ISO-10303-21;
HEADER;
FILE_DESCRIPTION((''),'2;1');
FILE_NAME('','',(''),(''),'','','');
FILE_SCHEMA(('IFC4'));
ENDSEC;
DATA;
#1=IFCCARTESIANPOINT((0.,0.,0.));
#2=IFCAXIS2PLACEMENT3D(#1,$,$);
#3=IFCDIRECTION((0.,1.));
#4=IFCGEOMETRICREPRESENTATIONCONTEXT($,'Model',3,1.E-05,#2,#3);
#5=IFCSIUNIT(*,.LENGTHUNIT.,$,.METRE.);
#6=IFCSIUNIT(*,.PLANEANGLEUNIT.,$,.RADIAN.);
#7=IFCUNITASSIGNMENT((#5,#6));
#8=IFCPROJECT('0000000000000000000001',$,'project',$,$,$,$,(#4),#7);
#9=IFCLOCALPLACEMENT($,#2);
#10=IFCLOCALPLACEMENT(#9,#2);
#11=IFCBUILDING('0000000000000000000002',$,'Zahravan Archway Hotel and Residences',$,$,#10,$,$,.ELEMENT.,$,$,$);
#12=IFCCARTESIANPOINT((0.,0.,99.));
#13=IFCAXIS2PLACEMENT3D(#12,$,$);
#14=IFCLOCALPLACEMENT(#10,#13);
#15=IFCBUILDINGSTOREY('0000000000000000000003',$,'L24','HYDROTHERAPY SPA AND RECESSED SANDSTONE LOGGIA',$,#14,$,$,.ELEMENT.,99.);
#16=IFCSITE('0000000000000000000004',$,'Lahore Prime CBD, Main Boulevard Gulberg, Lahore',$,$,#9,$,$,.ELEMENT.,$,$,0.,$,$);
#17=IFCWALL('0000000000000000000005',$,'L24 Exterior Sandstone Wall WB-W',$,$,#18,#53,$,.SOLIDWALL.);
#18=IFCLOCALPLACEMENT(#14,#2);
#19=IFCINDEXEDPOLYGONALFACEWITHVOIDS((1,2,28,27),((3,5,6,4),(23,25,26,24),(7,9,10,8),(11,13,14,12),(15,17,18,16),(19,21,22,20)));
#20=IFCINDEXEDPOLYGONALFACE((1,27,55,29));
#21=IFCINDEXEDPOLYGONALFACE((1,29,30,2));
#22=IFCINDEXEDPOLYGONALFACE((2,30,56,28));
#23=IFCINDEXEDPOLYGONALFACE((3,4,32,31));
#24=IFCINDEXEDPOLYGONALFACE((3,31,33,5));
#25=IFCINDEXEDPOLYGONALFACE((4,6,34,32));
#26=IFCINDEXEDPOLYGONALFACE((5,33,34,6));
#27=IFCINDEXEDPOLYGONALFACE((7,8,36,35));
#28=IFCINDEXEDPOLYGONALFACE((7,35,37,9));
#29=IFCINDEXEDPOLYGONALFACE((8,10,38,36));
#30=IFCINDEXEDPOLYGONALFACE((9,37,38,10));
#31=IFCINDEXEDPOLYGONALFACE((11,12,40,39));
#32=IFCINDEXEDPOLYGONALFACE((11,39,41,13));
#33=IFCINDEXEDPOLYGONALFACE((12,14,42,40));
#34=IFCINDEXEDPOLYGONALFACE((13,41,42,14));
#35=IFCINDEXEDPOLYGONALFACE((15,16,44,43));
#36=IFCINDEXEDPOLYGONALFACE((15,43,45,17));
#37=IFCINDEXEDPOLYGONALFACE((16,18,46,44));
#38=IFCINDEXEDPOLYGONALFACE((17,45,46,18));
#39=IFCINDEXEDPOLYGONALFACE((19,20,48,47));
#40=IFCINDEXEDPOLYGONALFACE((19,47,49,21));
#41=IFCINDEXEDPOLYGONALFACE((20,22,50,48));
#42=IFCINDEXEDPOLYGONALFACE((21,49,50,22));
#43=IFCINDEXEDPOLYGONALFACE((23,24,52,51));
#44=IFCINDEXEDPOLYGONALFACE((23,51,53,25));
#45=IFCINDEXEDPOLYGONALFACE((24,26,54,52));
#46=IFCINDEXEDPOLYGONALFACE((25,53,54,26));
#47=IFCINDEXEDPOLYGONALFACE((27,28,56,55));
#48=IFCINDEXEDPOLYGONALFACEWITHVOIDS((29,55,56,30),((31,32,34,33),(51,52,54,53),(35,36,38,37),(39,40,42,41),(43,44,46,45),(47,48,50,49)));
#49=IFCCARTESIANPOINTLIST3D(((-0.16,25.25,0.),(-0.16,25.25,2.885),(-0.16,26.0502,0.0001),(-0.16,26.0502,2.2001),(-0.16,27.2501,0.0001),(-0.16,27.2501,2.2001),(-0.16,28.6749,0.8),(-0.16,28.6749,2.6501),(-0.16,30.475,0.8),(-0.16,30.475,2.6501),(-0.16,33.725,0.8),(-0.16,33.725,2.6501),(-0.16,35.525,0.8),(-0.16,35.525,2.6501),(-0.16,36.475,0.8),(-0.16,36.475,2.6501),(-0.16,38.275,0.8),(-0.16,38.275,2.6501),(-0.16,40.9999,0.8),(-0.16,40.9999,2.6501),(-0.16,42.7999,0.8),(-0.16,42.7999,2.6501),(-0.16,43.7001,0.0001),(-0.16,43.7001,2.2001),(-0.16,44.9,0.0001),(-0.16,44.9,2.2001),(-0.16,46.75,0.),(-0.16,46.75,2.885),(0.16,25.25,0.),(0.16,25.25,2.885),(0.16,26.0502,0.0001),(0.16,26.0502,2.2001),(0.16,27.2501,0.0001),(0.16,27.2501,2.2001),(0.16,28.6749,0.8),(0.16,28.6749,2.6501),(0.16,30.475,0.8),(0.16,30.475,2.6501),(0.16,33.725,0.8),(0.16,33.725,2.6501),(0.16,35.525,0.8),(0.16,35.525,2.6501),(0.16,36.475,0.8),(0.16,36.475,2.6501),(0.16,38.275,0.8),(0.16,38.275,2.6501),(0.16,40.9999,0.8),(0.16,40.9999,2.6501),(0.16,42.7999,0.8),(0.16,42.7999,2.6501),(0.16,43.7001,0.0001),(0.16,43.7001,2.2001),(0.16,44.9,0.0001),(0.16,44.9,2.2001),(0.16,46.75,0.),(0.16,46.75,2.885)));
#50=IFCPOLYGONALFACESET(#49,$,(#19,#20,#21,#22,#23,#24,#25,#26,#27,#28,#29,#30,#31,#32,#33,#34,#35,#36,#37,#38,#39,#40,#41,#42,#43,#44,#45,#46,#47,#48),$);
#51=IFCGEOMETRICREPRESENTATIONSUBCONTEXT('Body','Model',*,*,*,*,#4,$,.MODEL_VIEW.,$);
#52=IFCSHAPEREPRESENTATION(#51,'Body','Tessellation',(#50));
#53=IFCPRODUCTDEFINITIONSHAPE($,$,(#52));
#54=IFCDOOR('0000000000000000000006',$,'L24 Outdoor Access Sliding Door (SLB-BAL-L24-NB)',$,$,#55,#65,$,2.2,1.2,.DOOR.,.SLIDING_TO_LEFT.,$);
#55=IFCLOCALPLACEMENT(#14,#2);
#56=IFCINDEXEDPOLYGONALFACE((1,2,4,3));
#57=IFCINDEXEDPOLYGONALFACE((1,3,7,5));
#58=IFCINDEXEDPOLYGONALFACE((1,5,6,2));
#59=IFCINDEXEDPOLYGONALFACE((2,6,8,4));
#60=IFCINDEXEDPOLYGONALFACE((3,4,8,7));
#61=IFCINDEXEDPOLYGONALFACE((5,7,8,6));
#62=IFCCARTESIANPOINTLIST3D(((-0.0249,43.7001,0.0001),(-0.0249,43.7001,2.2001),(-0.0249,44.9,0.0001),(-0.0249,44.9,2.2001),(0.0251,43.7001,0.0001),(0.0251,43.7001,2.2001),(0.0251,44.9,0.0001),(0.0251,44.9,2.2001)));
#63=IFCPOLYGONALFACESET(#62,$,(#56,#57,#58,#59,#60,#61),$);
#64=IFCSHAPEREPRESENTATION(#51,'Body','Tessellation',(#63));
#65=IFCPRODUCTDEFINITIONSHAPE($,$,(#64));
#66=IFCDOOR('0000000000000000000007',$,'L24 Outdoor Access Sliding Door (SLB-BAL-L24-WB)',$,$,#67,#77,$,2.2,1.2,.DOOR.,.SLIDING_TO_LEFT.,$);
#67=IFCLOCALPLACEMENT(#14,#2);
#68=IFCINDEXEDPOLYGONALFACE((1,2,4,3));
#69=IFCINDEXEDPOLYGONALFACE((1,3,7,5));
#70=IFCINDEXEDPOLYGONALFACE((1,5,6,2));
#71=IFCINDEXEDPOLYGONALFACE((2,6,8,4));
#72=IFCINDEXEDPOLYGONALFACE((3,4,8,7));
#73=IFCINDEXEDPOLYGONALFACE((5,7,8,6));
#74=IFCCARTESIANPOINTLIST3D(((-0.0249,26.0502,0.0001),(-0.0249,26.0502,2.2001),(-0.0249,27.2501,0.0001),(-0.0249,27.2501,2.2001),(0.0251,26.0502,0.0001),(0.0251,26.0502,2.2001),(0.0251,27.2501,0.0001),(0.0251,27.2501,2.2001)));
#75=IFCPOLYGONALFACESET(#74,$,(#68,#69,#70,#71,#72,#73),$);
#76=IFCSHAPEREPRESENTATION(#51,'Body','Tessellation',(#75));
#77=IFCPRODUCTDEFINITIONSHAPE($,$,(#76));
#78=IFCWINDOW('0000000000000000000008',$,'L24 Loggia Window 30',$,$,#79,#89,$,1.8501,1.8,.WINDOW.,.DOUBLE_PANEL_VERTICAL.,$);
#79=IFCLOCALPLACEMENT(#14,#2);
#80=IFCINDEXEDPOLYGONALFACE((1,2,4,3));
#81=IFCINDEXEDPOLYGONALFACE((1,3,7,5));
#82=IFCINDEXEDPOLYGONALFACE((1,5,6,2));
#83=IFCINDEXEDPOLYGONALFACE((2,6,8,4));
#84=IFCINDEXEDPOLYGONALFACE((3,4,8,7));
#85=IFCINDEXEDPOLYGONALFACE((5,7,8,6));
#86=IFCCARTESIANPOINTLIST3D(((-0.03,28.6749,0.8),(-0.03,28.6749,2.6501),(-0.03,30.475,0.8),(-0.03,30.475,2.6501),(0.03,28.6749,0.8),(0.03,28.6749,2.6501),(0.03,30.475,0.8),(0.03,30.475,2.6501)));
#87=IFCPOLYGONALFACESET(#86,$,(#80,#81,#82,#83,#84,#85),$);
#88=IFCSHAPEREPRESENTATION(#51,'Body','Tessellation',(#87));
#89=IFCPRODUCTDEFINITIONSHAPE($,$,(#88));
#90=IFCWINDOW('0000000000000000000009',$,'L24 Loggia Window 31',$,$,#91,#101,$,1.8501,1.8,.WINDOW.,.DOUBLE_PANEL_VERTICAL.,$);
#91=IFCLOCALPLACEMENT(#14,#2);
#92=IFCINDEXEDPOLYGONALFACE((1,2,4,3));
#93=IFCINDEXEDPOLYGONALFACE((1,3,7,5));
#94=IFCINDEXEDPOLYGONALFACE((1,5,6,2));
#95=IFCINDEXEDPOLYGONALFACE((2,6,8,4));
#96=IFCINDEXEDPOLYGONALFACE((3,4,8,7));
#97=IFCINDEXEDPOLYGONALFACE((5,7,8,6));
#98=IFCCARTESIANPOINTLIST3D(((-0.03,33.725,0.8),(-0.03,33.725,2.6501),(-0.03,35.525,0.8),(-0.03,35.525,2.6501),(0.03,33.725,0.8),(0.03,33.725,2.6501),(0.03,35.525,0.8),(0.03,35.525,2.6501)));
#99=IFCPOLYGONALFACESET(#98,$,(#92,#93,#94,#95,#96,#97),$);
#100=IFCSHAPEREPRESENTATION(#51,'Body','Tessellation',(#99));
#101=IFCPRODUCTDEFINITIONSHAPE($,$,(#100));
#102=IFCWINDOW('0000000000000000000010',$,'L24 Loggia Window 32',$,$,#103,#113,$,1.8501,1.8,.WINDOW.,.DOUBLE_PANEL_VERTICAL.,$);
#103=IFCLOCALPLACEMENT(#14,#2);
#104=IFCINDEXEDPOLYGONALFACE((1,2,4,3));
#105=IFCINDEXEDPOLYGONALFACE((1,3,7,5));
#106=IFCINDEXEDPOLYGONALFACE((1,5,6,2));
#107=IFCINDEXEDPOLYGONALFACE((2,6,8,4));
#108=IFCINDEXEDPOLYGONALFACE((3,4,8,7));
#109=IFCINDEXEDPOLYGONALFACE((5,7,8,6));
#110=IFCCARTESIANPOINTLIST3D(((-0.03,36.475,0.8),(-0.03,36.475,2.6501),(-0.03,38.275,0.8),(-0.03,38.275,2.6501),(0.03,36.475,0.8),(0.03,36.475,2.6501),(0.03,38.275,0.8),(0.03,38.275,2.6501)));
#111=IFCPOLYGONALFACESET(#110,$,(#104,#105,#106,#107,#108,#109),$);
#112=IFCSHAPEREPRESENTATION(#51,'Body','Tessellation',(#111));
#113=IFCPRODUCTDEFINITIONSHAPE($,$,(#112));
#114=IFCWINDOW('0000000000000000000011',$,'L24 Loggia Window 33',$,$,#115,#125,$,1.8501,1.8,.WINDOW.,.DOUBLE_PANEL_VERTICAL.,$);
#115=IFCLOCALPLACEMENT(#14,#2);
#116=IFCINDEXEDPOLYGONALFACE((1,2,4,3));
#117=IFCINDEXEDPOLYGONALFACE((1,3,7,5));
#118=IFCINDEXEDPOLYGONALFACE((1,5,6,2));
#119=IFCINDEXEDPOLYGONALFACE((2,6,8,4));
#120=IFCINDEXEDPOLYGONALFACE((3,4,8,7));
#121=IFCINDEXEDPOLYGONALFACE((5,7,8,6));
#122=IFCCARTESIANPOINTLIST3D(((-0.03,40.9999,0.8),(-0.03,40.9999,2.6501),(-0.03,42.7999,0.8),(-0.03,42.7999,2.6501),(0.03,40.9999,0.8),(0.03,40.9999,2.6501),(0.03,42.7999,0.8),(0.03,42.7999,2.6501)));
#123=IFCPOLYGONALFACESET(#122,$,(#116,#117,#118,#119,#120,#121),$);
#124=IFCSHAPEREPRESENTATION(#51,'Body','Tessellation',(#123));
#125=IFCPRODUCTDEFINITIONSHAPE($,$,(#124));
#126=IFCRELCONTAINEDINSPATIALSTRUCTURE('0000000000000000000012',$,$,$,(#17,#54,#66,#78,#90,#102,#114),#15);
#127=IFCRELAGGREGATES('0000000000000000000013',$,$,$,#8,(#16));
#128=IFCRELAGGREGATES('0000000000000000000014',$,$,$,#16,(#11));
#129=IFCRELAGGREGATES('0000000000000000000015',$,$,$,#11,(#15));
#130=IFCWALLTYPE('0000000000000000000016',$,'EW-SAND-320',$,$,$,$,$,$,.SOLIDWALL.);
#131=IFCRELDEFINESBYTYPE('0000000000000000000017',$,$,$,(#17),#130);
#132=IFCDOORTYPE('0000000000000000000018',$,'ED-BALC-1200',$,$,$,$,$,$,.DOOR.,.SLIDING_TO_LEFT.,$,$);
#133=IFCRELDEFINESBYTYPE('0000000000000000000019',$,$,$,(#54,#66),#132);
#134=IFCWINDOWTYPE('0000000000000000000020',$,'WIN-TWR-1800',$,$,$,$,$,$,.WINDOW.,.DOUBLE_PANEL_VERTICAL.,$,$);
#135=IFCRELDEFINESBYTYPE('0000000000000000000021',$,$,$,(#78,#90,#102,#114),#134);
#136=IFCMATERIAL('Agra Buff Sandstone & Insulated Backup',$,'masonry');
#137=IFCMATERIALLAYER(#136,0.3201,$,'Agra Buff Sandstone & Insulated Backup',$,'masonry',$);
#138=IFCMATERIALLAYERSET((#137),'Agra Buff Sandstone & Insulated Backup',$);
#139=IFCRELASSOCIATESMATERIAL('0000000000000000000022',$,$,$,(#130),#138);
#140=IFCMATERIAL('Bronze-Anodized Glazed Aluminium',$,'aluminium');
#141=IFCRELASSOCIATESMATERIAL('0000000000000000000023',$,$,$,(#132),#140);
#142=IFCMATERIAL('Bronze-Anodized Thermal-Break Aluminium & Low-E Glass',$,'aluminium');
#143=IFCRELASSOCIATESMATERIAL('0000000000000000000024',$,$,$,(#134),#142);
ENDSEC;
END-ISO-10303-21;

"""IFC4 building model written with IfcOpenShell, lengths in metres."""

from ifc_helpers import new_model, si_unit, direction, frame, frame_2d, origin, place, context, subcontext, project, spatial, rectangle, extrude, source, transform, mapped, material, layer, layer_set, type_object, type_shapes, element, fill, save


model = new_model("IFC4")

# Units and contexts
model_context = context("Model", 3, precision=1e-05, world=origin(), true_north=direction((0.0, 1.0)))
body_context = subcontext(model_context, "Body", "Model", "MODEL_VIEW")
ifc_project = project(units=[si_unit("LENGTHUNIT", "METRE"), si_unit("PLANEANGLEUNIT", "RADIAN")], contexts=[model_context])

# Site, building, storey
site_placement = place(None, origin())
site = spatial("IfcSite", under=ifc_project, at=site_placement, Name="Lahore Prime CBD, Main Boulevard Gulberg, Lahore", CompositionType="ELEMENT", RefElevation=0.0)
building_placement = place(site_placement, origin())
building = spatial("IfcBuilding", under=site, at=building_placement, Name="Zahravan Archway Hotel and Residences", CompositionType="ELEMENT")
storey_placement = place(building_placement, frame((0.0, 0.0, 99.0)))
storey = spatial("IfcBuildingStorey", under=building, at=storey_placement, Name="L24", Description="HYDROTHERAPY SPA AND RECESSED SANDSTONE LOGGIA", CompositionType="ELEMENT", Elevation=99.0)

# Shared definitions
ifc_material_1 = material(Name="Agra Buff Sandstone & Insulated Backup", Category="masonry")
ifc_layer_1 = layer(ifc_material_1, 0.3201, Name="Agra Buff Sandstone & Insulated Backup", Category="masonry")
ifc_layer_set_1 = layer_set([ifc_layer_1], Name="Agra Buff Sandstone & Insulated Backup")
wall_type_1 = type_object("IfcWallType", Name="EW-SAND-320", PredefinedType="SOLIDWALL", material=ifc_layer_set_1)
ifc_material_2 = material(Name="Bronze-Anodized Thermal-Break Aluminium & Low-E Glass", Category="aluminium")

# Wall, openings, doors, windows
wall_1_placement = place(storey_placement, frame((0.0, 25.25, 0.0), z_axis=(0.0, 0.0, 1.0), x_axis=(0.0, 1.0, 0.0)))
wall_1 = element("IfcWall", 1, at=wall_1_placement, inside=storey, type_object=wall_type_1, Name="L24 Exterior Sandstone Wall WB-W", PredefinedType="SOLIDWALL", context=body_context, shape_type="SweptSolid", body=[
    extrude(rectangle(XDim=21.5, YDim=0.3201, at=frame_2d((10.75, 0.0))), origin(), (0.0, 0.0, 1.0), 2.885),
])
opening_1_placement = place(wall_1_placement, frame((18.45, 0.0, 0.0)))
opening_1 = element("IfcOpeningElement", 2, at=opening_1_placement, cuts=wall_1, PredefinedType="OPENING", context=body_context, shape_type="SweptSolid", body=[
    extrude(rectangle(XDim=1.2, YDim=2.2, at=frame_2d((0.6001, 1.1001))), frame((0.0, 0.1699, 0.0), z_axis=(0.0, -1.0, 0.0), x_axis=(1.0, 0.0, 0.0)), (0.0, 0.0, 1.0), 0.3401),
])
opening_2_placement = place(wall_1_placement, frame((0.8, 0.0, 0.0)))
opening_2 = element("IfcOpeningElement", 3, at=opening_2_placement, cuts=wall_1, PredefinedType="OPENING", context=body_context, shape_type="SweptSolid", body=[
    extrude(rectangle(XDim=1.2, YDim=2.2, at=frame_2d((0.6001, 1.1001))), frame((0.0, 0.1699, 0.0), z_axis=(0.0, -1.0, 0.0), x_axis=(1.0, 0.0, 0.0)), (0.0, 0.0, 1.0), 0.3401),
])
opening_3_placement = place(wall_1_placement, frame((3.425, 0.0, 0.8)))
opening_3 = element("IfcOpeningElement", 4, at=opening_3_placement, cuts=wall_1, PredefinedType="OPENING", context=body_context, shape_type="SweptSolid", body=[
    extrude(rectangle(XDim=1.8, YDim=1.8501, at=frame_2d((0.8999, 0.925))), frame((0.0, 0.1699, 0.0), z_axis=(0.0, -1.0, 0.0), x_axis=(1.0, 0.0, 0.0)), (0.0, 0.0, 1.0), 0.3401),
])
opening_4_placement = place(wall_1_placement, frame((8.4751, 0.0, 0.8)))
opening_4 = element("IfcOpeningElement", 5, at=opening_4_placement, cuts=wall_1, PredefinedType="OPENING", context=body_context, shape_type="SweptSolid", body=[
    extrude(rectangle(XDim=1.8, YDim=1.8501, at=frame_2d((0.8999, 0.925))), frame((0.0, 0.1699, 0.0), z_axis=(0.0, -1.0, 0.0), x_axis=(1.0, 0.0, 0.0)), (0.0, 0.0, 1.0), 0.3401),
])
opening_5_placement = place(wall_1_placement, frame((11.2251, 0.0, 0.8)))
opening_5 = element("IfcOpeningElement", 6, at=opening_5_placement, cuts=wall_1, PredefinedType="OPENING", context=body_context, shape_type="SweptSolid", body=[
    extrude(rectangle(XDim=1.8, YDim=1.8501, at=frame_2d((0.8999, 0.925))), frame((0.0, 0.1699, 0.0), z_axis=(0.0, -1.0, 0.0), x_axis=(1.0, 0.0, 0.0)), (0.0, 0.0, 1.0), 0.3401),
])
opening_6_placement = place(wall_1_placement, frame((15.75, 0.0, 0.8)))
opening_6 = element("IfcOpeningElement", 7, at=opening_6_placement, cuts=wall_1, PredefinedType="OPENING", context=body_context, shape_type="SweptSolid", body=[
    extrude(rectangle(XDim=1.8, YDim=1.8501, at=frame_2d((0.8999, 0.925))), frame((0.0, 0.1699, 0.0), z_axis=(0.0, -1.0, 0.0), x_axis=(1.0, 0.0, 0.0)), (0.0, 0.0, 1.0), 0.3401),
])
ifc_material_3 = material(Name="Bronze-Anodized Glazed Aluminium", Category="aluminium")
door_type = type_object("IfcDoorType", Name="ED-BALC-1200", OperationType="SLIDING_TO_LEFT", PredefinedType="DOOR", material=ifc_material_3)
shared_shape_1 = source(origin(), body_context, "Body", "SweptSolid", [
    extrude(rectangle(XDim=1.2, YDim=2.2, at=frame_2d((0.6001, 1.1001))), frame((0.0, 0.0249, 0.0), z_axis=(0.0, -1.0, 0.0), x_axis=(1.0, 0.0, 0.0)), (0.0, 0.0, 1.0), 0.05),
])
type_shapes(door_type, [shared_shape_1])
door_1_placement = place(opening_1_placement, origin())
door_1 = element("IfcDoor", 8, at=door_1_placement, inside=storey, type_object=door_type, Name="L24 Outdoor Access Sliding Door (SLB-BAL-L24-NB)", OperationType="SLIDING_TO_LEFT", OverallHeight=2.2, OverallWidth=1.2, PredefinedType="DOOR", context=body_context, shape_type="MappedRepresentation", body=[
    mapped(shared_shape_1, transform((0.0, 0.0, 0.0), scale=1.0)),
])
fill(opening_1, door_1)
door_2_placement = place(opening_2_placement, origin())
door_2 = element("IfcDoor", 9, at=door_2_placement, inside=storey, type_object=door_type, Name="L24 Outdoor Access Sliding Door (SLB-BAL-L24-WB)", OperationType="SLIDING_TO_LEFT", OverallHeight=2.2, OverallWidth=1.2, PredefinedType="DOOR", context=body_context, shape_type="MappedRepresentation", body=[
    mapped(shared_shape_1, transform((0.0, 0.0, 0.0), scale=1.0)),
])
fill(opening_2, door_2)
window_type_1 = type_object("IfcWindowType", Name="WIN-TWR-1800", PartitioningType="DOUBLE_PANEL_VERTICAL", PredefinedType="WINDOW", material=ifc_material_2)
shared_shape_2 = source(origin(), body_context, "Body", "SweptSolid", [
    extrude(rectangle(XDim=1.8, YDim=1.8501, at=frame_2d((0.8999, 0.925))), frame((0.0, 0.03, 0.0), z_axis=(0.0, -1.0, 0.0), x_axis=(1.0, 0.0, 0.0)), (0.0, 0.0, 1.0), 0.0601),
])
type_shapes(window_type_1, [shared_shape_2])
window_1_placement = place(opening_3_placement, origin())
window_1 = element("IfcWindow", 10, at=window_1_placement, inside=storey, type_object=window_type_1, Name="L24 Loggia Window 30", OverallHeight=1.8501, OverallWidth=1.8, PartitioningType="DOUBLE_PANEL_VERTICAL", PredefinedType="WINDOW", context=body_context, shape_type="MappedRepresentation", body=[
    mapped(shared_shape_2, transform((0.0, 0.0, 0.0), scale=1.0)),
])
fill(opening_3, window_1)
window_2_placement = place(opening_4_placement, origin())
window_2 = element("IfcWindow", 11, at=window_2_placement, inside=storey, type_object=window_type_1, Name="L24 Loggia Window 31", OverallHeight=1.8501, OverallWidth=1.8, PartitioningType="DOUBLE_PANEL_VERTICAL", PredefinedType="WINDOW", context=body_context, shape_type="MappedRepresentation", body=[
    mapped(shared_shape_2, transform((0.0, 0.0, 0.0), scale=1.0)),
])
fill(opening_4, window_2)
window_3_placement = place(opening_5_placement, origin())
window_3 = element("IfcWindow", 12, at=window_3_placement, inside=storey, type_object=window_type_1, Name="L24 Loggia Window 32", OverallHeight=1.8501, OverallWidth=1.8, PartitioningType="DOUBLE_PANEL_VERTICAL", PredefinedType="WINDOW", context=body_context, shape_type="MappedRepresentation", body=[
    mapped(shared_shape_2, transform((0.0, 0.0, 0.0), scale=1.0)),
])
fill(opening_5, window_3)
window_4_placement = place(opening_6_placement, origin())
window_4 = element("IfcWindow", 13, at=window_4_placement, inside=storey, type_object=window_type_1, Name="L24 Loggia Window 33", OverallHeight=1.8501, OverallWidth=1.8, PartitioningType="DOUBLE_PANEL_VERTICAL", PredefinedType="WINDOW", context=body_context, shape_type="MappedRepresentation", body=[
    mapped(shared_shape_2, transform((0.0, 0.0, 0.0), scale=1.0)),
])
fill(opening_6, window_4)

save(model, "model.ifc")
